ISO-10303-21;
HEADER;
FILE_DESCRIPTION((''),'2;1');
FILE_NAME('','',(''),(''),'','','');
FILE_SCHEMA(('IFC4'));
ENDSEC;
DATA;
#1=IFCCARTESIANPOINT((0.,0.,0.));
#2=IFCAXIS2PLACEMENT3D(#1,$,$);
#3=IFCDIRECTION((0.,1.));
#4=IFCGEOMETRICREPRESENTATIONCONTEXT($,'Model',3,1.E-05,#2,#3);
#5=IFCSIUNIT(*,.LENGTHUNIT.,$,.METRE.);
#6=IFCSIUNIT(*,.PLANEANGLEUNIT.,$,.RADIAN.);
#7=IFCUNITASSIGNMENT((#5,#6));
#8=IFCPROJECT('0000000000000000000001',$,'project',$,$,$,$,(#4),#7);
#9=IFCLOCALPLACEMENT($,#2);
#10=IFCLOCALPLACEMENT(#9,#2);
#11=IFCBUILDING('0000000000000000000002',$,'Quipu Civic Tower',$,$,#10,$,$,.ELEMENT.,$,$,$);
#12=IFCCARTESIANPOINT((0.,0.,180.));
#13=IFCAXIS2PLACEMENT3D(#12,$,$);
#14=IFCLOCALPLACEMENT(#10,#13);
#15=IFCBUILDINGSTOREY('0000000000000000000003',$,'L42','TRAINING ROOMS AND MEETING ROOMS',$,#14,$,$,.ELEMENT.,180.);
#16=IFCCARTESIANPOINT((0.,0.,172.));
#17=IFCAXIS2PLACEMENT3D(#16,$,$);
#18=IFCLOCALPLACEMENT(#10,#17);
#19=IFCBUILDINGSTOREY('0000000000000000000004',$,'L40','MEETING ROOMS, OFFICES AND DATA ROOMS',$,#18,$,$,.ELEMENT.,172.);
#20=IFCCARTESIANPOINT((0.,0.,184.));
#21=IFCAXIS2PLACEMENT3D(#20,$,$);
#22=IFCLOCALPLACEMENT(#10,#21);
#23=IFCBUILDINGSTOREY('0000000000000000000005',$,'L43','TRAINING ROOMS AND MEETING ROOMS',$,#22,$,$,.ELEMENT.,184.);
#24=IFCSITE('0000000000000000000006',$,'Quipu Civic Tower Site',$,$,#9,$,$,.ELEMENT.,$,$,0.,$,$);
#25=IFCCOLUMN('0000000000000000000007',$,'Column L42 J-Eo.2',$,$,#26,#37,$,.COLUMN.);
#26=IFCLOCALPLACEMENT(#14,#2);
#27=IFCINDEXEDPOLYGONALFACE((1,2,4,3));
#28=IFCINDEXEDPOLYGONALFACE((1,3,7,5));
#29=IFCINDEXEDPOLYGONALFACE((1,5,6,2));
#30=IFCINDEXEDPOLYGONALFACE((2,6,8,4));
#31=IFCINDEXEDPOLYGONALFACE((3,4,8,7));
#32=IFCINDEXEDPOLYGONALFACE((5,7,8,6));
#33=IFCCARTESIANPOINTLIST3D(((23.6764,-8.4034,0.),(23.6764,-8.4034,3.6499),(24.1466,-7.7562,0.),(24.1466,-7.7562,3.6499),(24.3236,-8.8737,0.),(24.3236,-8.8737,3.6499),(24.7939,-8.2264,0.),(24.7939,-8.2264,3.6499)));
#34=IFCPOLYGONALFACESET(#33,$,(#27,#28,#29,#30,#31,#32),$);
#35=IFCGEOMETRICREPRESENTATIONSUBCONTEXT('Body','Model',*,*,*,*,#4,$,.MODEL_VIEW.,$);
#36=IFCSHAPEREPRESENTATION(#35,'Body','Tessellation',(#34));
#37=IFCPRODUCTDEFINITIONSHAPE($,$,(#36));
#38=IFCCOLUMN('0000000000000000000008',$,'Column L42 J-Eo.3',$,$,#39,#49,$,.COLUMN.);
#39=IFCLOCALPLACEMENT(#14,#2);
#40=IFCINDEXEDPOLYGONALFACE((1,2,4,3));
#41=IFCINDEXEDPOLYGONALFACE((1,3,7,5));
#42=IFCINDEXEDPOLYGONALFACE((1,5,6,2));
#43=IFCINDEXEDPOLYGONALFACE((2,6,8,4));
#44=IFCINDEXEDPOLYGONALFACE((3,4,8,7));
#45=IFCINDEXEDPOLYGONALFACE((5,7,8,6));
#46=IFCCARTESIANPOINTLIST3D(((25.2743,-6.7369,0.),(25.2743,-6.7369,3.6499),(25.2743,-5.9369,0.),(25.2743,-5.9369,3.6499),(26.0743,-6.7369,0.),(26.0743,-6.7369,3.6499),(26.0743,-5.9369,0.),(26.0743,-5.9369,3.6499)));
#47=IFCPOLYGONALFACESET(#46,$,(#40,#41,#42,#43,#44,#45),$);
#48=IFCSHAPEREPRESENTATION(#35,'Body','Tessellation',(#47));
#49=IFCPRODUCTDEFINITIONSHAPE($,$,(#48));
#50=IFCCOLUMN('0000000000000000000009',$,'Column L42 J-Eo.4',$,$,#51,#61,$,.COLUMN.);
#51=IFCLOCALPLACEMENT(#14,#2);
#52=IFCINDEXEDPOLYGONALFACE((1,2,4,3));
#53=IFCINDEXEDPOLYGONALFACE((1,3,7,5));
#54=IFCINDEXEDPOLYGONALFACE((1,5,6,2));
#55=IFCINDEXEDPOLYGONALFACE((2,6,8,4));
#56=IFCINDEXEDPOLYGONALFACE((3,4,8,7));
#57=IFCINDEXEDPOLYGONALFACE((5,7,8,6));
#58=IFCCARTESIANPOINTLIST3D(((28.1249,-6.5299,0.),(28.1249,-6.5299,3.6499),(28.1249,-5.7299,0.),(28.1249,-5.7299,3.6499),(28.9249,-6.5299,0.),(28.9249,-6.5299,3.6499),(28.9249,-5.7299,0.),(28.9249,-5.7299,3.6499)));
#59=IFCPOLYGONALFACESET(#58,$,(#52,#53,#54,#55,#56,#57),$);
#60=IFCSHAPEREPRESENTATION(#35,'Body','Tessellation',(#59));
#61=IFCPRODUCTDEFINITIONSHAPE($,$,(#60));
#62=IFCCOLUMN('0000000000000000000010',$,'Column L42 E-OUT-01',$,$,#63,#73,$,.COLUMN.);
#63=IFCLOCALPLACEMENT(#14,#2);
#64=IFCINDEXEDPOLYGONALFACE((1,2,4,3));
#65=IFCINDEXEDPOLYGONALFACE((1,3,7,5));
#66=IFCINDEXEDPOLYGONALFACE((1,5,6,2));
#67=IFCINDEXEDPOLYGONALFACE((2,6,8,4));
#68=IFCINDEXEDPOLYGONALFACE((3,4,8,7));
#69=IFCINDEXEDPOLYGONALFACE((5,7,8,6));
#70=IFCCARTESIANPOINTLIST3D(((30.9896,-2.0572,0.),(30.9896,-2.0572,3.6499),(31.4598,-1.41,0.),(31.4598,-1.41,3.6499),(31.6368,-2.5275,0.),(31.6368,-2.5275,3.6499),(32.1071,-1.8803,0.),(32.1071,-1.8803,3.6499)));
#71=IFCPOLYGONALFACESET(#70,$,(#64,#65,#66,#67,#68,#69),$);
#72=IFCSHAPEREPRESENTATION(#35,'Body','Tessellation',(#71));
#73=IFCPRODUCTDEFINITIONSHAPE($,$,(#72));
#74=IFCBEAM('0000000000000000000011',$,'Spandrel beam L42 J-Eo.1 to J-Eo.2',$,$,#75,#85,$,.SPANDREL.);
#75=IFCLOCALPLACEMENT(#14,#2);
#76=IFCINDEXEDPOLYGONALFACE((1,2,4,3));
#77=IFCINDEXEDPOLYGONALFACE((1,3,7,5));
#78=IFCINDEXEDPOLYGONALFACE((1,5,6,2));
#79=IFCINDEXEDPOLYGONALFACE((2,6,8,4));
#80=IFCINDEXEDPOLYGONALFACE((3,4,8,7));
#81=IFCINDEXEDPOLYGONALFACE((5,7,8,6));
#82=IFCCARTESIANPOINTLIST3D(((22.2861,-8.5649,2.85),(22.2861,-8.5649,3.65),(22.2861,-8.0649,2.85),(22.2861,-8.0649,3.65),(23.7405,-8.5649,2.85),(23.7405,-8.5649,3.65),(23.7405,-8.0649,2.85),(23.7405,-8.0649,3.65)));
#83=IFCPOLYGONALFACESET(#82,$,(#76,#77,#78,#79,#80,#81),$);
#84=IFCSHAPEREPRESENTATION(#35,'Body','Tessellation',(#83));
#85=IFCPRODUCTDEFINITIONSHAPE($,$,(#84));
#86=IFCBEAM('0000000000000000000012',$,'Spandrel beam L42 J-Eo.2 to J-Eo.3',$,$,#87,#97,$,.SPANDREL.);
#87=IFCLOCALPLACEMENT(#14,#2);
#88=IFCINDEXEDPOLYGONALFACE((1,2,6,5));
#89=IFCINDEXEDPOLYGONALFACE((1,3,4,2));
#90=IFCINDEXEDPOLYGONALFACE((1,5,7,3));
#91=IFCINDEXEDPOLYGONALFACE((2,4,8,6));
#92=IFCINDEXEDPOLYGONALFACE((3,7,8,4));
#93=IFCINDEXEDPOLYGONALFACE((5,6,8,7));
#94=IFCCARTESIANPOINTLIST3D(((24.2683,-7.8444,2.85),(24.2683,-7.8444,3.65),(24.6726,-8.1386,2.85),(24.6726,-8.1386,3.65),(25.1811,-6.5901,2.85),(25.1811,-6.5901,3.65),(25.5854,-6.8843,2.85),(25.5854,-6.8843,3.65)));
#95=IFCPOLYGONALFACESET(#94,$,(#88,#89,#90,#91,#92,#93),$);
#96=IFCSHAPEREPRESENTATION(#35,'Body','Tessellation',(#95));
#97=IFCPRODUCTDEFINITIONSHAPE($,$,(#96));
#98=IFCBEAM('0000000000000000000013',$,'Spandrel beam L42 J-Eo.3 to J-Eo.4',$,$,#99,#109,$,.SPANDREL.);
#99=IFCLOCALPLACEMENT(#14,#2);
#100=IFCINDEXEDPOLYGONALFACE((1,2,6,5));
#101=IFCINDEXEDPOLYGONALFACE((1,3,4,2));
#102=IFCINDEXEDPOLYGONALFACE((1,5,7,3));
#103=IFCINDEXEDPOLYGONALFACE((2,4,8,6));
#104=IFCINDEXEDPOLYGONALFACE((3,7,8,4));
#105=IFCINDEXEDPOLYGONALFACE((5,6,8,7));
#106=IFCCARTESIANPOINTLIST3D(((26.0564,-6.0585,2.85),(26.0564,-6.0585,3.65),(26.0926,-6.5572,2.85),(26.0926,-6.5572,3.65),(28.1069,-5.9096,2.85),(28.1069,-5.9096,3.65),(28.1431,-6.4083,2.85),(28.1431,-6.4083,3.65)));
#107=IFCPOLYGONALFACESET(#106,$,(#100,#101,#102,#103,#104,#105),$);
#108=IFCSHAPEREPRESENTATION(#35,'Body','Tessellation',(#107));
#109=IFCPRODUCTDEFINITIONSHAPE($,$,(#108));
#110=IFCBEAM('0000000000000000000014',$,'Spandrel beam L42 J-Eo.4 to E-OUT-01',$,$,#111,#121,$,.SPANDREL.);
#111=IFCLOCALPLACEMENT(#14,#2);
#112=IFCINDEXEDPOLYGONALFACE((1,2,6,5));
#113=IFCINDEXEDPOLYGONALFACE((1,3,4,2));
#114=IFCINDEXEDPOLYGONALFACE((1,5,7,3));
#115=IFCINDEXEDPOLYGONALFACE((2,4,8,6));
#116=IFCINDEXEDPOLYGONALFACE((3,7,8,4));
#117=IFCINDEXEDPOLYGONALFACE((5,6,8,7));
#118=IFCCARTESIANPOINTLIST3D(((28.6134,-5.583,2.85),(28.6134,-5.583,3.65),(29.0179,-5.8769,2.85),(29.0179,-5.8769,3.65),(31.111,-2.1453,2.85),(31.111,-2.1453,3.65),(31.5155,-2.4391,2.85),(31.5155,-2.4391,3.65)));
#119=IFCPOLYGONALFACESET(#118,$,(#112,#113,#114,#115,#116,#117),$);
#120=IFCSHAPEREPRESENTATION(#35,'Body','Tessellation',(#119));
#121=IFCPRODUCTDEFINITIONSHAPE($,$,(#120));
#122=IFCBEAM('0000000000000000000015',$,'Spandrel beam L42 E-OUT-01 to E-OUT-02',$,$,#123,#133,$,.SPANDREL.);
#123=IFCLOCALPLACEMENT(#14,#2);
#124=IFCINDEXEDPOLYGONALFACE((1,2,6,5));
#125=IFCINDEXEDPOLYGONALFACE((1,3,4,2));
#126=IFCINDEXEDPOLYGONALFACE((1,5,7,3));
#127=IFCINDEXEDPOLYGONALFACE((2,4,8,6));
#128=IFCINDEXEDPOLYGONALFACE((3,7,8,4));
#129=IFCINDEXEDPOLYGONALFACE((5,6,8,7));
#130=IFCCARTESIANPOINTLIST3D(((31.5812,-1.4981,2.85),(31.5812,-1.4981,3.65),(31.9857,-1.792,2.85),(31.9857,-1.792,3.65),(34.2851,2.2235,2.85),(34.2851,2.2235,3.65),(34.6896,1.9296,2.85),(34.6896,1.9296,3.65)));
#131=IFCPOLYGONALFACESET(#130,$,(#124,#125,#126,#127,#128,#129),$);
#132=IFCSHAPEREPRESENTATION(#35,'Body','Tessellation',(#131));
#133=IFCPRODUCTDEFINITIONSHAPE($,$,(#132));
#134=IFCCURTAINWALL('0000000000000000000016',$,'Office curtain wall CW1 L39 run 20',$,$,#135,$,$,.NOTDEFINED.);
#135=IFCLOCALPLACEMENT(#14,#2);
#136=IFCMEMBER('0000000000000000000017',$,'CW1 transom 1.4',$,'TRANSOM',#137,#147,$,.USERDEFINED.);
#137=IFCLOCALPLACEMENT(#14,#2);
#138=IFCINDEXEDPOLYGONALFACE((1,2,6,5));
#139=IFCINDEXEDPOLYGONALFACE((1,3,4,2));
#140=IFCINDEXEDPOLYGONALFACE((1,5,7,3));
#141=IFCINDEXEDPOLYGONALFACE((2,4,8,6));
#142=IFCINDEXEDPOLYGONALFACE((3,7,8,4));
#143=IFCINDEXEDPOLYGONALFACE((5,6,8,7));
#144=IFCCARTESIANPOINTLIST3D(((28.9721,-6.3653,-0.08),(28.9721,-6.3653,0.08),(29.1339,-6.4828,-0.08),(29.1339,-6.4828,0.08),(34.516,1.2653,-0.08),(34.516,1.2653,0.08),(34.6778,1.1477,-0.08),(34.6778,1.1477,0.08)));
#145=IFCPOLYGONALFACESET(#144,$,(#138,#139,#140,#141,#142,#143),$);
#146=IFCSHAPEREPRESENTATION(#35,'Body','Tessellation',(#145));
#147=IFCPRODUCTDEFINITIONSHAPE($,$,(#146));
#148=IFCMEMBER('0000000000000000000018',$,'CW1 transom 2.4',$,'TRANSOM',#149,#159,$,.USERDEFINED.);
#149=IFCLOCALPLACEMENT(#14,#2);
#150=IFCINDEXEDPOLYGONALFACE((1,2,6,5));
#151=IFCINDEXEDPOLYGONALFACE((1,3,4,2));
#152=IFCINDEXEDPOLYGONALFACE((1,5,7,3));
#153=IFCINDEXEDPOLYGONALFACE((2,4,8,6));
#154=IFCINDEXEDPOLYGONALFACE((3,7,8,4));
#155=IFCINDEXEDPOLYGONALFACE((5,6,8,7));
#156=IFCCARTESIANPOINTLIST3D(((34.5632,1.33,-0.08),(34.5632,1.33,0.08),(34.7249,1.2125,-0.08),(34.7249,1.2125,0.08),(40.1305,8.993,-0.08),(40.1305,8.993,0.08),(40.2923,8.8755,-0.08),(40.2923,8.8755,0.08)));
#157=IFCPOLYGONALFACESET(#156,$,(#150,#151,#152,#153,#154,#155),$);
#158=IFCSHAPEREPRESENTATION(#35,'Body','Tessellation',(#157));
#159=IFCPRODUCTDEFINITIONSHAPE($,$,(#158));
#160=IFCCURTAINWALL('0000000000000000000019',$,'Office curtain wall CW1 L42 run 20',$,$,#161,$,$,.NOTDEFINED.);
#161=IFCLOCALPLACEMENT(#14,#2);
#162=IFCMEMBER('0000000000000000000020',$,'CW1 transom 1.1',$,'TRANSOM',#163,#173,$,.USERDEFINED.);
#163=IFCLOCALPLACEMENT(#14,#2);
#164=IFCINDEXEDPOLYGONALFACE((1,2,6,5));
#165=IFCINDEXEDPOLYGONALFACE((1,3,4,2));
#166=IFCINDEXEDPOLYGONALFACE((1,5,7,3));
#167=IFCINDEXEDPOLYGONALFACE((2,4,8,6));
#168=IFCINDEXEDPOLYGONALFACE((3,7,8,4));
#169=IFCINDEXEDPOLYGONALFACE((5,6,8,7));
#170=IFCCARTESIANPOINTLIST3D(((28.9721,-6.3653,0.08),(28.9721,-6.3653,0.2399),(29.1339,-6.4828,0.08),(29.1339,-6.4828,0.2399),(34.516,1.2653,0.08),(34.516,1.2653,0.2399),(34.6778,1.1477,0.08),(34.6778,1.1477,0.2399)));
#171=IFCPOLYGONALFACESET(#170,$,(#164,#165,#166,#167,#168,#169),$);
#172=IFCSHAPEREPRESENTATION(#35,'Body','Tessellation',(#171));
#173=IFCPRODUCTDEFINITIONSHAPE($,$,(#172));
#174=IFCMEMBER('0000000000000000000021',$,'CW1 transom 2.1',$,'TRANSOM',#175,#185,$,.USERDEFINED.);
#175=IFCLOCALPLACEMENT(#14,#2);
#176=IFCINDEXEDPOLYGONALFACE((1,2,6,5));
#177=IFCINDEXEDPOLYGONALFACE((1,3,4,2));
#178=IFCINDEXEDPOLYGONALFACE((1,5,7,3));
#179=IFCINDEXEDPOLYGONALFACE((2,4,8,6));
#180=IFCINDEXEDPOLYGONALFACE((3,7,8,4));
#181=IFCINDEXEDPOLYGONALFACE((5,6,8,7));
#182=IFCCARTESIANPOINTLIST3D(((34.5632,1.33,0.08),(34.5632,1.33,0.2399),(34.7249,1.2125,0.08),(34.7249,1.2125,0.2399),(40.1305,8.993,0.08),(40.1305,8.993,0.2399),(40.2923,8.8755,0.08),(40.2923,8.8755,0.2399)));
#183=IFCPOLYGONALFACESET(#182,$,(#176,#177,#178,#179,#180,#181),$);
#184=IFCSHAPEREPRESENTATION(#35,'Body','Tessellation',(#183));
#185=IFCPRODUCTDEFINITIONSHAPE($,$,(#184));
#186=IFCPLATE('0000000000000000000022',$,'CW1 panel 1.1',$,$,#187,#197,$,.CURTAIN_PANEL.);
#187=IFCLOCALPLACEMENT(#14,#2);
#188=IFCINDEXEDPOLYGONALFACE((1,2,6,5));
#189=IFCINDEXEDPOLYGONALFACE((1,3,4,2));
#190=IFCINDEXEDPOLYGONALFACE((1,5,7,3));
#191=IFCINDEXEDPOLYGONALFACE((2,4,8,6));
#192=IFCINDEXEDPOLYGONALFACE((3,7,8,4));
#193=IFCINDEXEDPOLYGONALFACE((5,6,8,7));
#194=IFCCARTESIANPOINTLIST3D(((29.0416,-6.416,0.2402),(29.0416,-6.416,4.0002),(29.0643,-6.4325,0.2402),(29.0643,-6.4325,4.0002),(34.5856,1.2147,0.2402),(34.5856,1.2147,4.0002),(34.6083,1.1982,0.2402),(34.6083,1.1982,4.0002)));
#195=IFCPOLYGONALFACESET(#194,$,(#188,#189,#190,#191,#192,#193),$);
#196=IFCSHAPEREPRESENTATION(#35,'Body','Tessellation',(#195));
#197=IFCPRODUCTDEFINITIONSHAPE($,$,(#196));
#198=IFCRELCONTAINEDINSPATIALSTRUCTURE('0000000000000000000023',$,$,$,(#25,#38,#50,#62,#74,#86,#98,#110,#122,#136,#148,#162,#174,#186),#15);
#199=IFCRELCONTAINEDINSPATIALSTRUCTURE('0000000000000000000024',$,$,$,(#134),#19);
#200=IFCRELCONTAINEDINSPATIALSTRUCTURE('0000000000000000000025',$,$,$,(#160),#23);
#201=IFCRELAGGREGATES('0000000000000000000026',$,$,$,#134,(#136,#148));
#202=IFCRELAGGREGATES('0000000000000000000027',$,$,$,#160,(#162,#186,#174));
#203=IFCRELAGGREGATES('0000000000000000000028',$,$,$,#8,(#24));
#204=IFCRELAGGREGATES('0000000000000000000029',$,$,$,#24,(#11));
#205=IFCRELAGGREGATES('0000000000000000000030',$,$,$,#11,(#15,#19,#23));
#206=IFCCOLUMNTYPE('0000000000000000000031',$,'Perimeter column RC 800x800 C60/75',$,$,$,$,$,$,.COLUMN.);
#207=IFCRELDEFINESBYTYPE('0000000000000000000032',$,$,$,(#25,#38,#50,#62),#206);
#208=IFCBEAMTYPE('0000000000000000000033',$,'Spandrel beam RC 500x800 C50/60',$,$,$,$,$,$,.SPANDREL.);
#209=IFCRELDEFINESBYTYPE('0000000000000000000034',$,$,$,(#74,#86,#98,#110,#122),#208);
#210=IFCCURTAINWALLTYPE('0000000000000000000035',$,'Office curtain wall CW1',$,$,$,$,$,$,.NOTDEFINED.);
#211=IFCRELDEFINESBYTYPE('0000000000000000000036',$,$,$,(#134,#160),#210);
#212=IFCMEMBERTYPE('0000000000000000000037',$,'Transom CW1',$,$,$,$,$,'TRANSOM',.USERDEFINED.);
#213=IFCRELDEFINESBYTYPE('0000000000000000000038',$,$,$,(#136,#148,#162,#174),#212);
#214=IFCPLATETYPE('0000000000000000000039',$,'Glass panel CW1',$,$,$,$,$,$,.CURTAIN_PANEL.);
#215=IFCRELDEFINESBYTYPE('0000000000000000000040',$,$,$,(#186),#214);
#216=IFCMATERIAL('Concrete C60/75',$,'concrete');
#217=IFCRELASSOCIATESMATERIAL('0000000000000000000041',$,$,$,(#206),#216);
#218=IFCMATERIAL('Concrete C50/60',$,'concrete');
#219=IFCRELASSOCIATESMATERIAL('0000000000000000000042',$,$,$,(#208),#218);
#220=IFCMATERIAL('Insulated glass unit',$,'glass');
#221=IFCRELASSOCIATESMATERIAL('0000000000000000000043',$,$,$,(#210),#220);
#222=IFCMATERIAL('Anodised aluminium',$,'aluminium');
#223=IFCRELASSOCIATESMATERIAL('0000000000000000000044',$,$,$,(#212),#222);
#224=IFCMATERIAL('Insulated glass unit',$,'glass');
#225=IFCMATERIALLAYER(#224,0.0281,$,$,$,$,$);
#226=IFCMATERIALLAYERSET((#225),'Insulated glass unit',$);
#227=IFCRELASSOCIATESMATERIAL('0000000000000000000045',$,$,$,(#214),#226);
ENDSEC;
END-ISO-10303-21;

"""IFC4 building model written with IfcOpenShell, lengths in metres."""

from ifc_helpers import new_model, si_unit, direction, frame, origin, origin_2d, place, context, subcontext, project, spatial, rectangle, extrude, material, layer, layer_set, material_profile, profile_set, type_object, element, aggregate, save


model = new_model("IFC4")

# Units and contexts
model_context = context("Model", 3, precision=1e-05, world=origin(), true_north=direction((0.0, 1.0)))
body_context = subcontext(model_context, "Body", "Model", "MODEL_VIEW")
ifc_project = project(units=[si_unit("LENGTHUNIT", "METRE"), si_unit("PLANEANGLEUNIT", "RADIAN")], contexts=[model_context])

# Site, building, storey
site_placement = place(None, origin())
site = spatial("IfcSite", under=ifc_project, at=site_placement, Name="Quipu Civic Tower Site", CompositionType="ELEMENT", RefElevation=0.0)
building_placement = place(site_placement, origin())
building = spatial("IfcBuilding", under=site, at=building_placement, Name="Quipu Civic Tower", CompositionType="ELEMENT")
storey_1_placement = place(building_placement, frame((0.0, 0.0, 180.0)))
storey_1 = spatial("IfcBuildingStorey", under=building, at=storey_1_placement, Name="L42", Description="TRAINING ROOMS AND MEETING ROOMS", CompositionType="ELEMENT", Elevation=180.0)

# Columns
ifc_material_1 = material(Name="Concrete C60/75", Category="concrete")
ifc_material_profile_1 = material_profile(ifc_material_1, rectangle(XDim=0.8, YDim=0.8, at=origin_2d()), Name="RC800x800")
ifc_profile_set_1 = profile_set([ifc_material_profile_1], Name="Concrete C60/75")
column_type = type_object("IfcColumnType", Name="Perimeter column RC 800x800 C60/75", PredefinedType="COLUMN", material=ifc_profile_set_1)
for number, where, z_axis, x_axis, name in (
    (1, (24.2351, -8.3149, 0.0), (0.0, 0.0, 1.0), (0.587785, 0.809017, 0.0), "Column L42 J-Eo.2"),
    (2, (25.6743, -6.3369, 0.0), (0.0, 0.0, 1.0), (1.0, 0.0, 0.0), "Column L42 J-Eo.3"),
    (3, (28.5249, -6.1299, 0.0), (0.0, 0.0, 1.0), (1.0, 0.0, 0.0), "Column L42 J-Eo.4"),
    (4, (31.5483, -1.9688, 0.0), (0.0, 0.0, 1.0), (0.587785, 0.809017, 0.0), "Column L42 E-OUT-01"),
):
    element("IfcColumn", number, at=place(storey_1_placement, frame(where, z_axis=z_axis, x_axis=x_axis)), inside=storey_1, type_object=column_type, Name=name, PredefinedType="COLUMN", context=body_context, shape_type="SweptSolid", body=[
        extrude(rectangle(XDim=0.8, YDim=0.8, at=origin_2d()), origin(), (0.0, 0.0, 1.0), 3.6499),
    ])

# Beams
ifc_material_2 = material(Name="Concrete C50/60", Category="concrete")
ifc_material_profile_2 = material_profile(ifc_material_2, rectangle(XDim=0.5, YDim=0.8, at=origin_2d()), Name="RC500x800")
ifc_profile_set_2 = profile_set([ifc_material_profile_2], Name="Concrete C50/60")
beam_type = type_object("IfcBeamType", Name="Spandrel beam RC 500x800 C50/60", PredefinedType="SPANDREL", material=ifc_profile_set_2)
beam_1_placement = place(storey_1_placement, frame((22.2861, -8.3149, 3.25), z_axis=(1.0, 0.0, 0.0), x_axis=(0.0, 1.0, 0.0)))
element("IfcBeam", 5, at=beam_1_placement, inside=storey_1, type_object=beam_type, Name="Spandrel beam L42 J-Eo.1 to J-Eo.2", PredefinedType="SPANDREL", context=body_context, shape_type="SweptSolid", body=[
    extrude(rectangle(XDim=0.5, YDim=0.8, at=origin_2d()), origin(), (0.0, 0.0, 1.0), 1.4543),
])
beam_2_placement = place(storey_1_placement, frame((24.4705, -7.9915, 3.25), z_axis=(0.588406, 0.808566, 0.0), x_axis=(-0.808566, 0.588406, 0.0)))
element("IfcBeam", 6, at=beam_2_placement, inside=storey_1, type_object=beam_type, Name="Spandrel beam L42 J-Eo.2 to J-Eo.3", PredefinedType="SPANDREL", context=body_context, shape_type="SweptSolid", body=[
    extrude(rectangle(XDim=0.5, YDim=0.8, at=origin_2d()), origin(), (0.0, 0.0, 1.0), 1.5513),
])
beam_3_placement = place(storey_1_placement, frame((26.0745, -6.3079, 3.25), z_axis=(0.997373, 0.072437, 0.0), x_axis=(-0.072437, 0.997373, 0.0)))
element("IfcBeam", 7, at=beam_3_placement, inside=storey_1, type_object=beam_type, Name="Spandrel beam L42 J-Eo.3 to J-Eo.4", PredefinedType="SPANDREL", context=body_context, shape_type="SweptSolid", body=[
    extrude(rectangle(XDim=0.5, YDim=0.8, at=origin_2d()), origin(), (0.0, 0.0, 1.0), 2.0559),
])
beam_4_placement = place(storey_1_placement, frame((28.8157, -5.73, 3.25), z_axis=(0.587769, 0.809029, 0.0), x_axis=(-0.809029, 0.587769, 0.0)))
element("IfcBeam", 8, at=beam_4_placement, inside=storey_1, type_object=beam_type, Name="Spandrel beam L42 J-Eo.4 to E-OUT-01", PredefinedType="SPANDREL", context=body_context, shape_type="SweptSolid", body=[
    extrude(rectangle(XDim=0.5, YDim=0.8, at=origin_2d()), origin(), (0.0, 0.0, 1.0), 4.2493),
])
beam_5_placement = place(storey_1_placement, frame((31.7834, -1.645, 3.25), z_axis=(0.587796, 0.809009, 0.0), x_axis=(-0.809009, 0.587796, 0.0)))
element("IfcBeam", 9, at=beam_5_placement, inside=storey_1, type_object=beam_type, Name="Spandrel beam L42 E-OUT-01 to E-OUT-02", PredefinedType="SPANDREL", context=body_context, shape_type="SweptSolid", body=[
    extrude(rectangle(XDim=0.5, YDim=0.8, at=origin_2d()), origin(), (0.0, 0.0, 1.0), 4.6001),
])

# Shared definitions
storey_2_placement = place(building_placement, frame((0.0, 0.0, 172.0)))
storey_2 = spatial("IfcBuildingStorey", under=building, at=storey_2_placement, Name="L40", Description="MEETING ROOMS, OFFICES AND DATA ROOMS", CompositionType="ELEMENT", Elevation=172.0)

# Curtain wall, members
ifc_material_3 = material(Name="Insulated glass unit", Category="glass")
curtain_wall_type = type_object("IfcCurtainWallType", Name="Office curtain wall CW1", PredefinedType="NOTDEFINED", material=ifc_material_3)
curtain_wall_1_placement = place(storey_2_placement, origin())
curtain_wall_1 = element("IfcCurtainWall", 10, at=curtain_wall_1_placement, inside=storey_2, type_object=curtain_wall_type, Name="Office curtain wall CW1 L39 run 20", PredefinedType="NOTDEFINED")
ifc_material_4 = material(Name="Anodised aluminium", Category="aluminium")
ifc_material_profile_3 = material_profile(ifc_material_4, rectangle(XDim=0.2, YDim=0.1599, at=origin_2d()), Name="RECT 200x160")
ifc_profile_set_3 = profile_set([ifc_material_profile_3], Name="Anodised aluminium")
member_type = type_object("IfcMemberType", Name="Transom CW1", ElementType="TRANSOM", PredefinedType="USERDEFINED", material=ifc_profile_set_3)
member_1_placement = place(storey_1_placement, frame((29.053, -6.4241, 0.0), z_axis=(0.587784, 0.809018, 0.0), x_axis=(-0.809018, 0.587784, 0.0)))
member_1 = element("IfcMember", 11, at=member_1_placement, inside=storey_1, type_object=member_type, Name="CW1 transom 1.4", ObjectType="TRANSOM", PredefinedType="USERDEFINED", context=body_context, shape_type="SweptSolid", body=[
    extrude(rectangle(XDim=0.2, YDim=0.1599, at=origin_2d()), origin(), (0.0, 0.0, 1.0), 9.4319),
])
member_2_placement = place(storey_1_placement, frame((34.644, 1.2712, 0.0), z_axis=(0.587773, 0.809026, 0.0), x_axis=(-0.809026, 0.587773, 0.0)))
member_2 = element("IfcMember", 12, at=member_2_placement, inside=storey_1, type_object=member_type, Name="CW1 transom 2.4", ObjectType="TRANSOM", PredefinedType="USERDEFINED", context=body_context, shape_type="SweptSolid", body=[
    extrude(rectangle(XDim=0.2, YDim=0.1599, at=origin_2d()), origin(), (0.0, 0.0, 1.0), 9.4719),
])
aggregate(curtain_wall_1, [member_1, member_2])

# Shared definitions
storey_3_placement = place(building_placement, frame((0.0, 0.0, 184.0)))
storey_3 = spatial("IfcBuildingStorey", under=building, at=storey_3_placement, Name="L43", Description="TRAINING ROOMS AND MEETING ROOMS", CompositionType="ELEMENT", Elevation=184.0)

# Curtain wall, members, plate
curtain_wall_2_placement = place(storey_3_placement, origin())
curtain_wall_2 = element("IfcCurtainWall", 13, at=curtain_wall_2_placement, inside=storey_3, type_object=curtain_wall_type, Name="Office curtain wall CW1 L42 run 20", PredefinedType="NOTDEFINED")
member_3_placement = place(storey_1_placement, frame((29.053, -6.4241, 0.1599), z_axis=(0.587784, 0.809018, 0.0), x_axis=(-0.809018, 0.587784, 0.0)))
member_3 = element("IfcMember", 14, at=member_3_placement, inside=storey_1, type_object=member_type, Name="CW1 transom 1.1", ObjectType="TRANSOM", PredefinedType="USERDEFINED", context=body_context, shape_type="SweptSolid", body=[
    extrude(rectangle(XDim=0.2, YDim=0.1599, at=origin_2d()), origin(), (0.0, 0.0, 1.0), 9.4319),
])
member_4_placement = place(storey_1_placement, frame((34.644, 1.2712, 0.1599), z_axis=(0.587773, 0.809026, 0.0), x_axis=(-0.809026, 0.587773, 0.0)))
member_4 = element("IfcMember", 15, at=member_4_placement, inside=storey_1, type_object=member_type, Name="CW1 transom 2.1", ObjectType="TRANSOM", PredefinedType="USERDEFINED", context=body_context, shape_type="SweptSolid", body=[
    extrude(rectangle(XDim=0.2, YDim=0.1599, at=origin_2d()), origin(), (0.0, 0.0, 1.0), 9.4719),
])
ifc_material_5 = material(Name="Insulated glass unit", Category="glass")
ifc_layer = layer(ifc_material_5, 0.0281)
ifc_layer_set = layer_set([ifc_layer], Name="Insulated glass unit")
plate_type_1 = type_object("IfcPlateType", Name="Glass panel CW1", PredefinedType="CURTAIN_PANEL", material=ifc_layer_set)
plate_placement = place(storey_1_placement, frame((31.825, -2.6089, 0.2402), z_axis=(0.0, 0.0, 1.0), x_axis=(0.587786, 0.809017, 0.0)))
plate = element("IfcPlate", 16, at=plate_placement, inside=storey_1, type_object=plate_type_1, Name="CW1 panel 1.1", PredefinedType="CURTAIN_PANEL", context=body_context, shape_type="SweptSolid", body=[
    extrude(rectangle(XDim=9.4321, YDim=0.0281, at=origin_2d()), origin(), (0.0, 0.0, 1.0), 3.76),
])
aggregate(curtain_wall_2, [member_3, plate, member_4])

save(model, "model.ifc")
